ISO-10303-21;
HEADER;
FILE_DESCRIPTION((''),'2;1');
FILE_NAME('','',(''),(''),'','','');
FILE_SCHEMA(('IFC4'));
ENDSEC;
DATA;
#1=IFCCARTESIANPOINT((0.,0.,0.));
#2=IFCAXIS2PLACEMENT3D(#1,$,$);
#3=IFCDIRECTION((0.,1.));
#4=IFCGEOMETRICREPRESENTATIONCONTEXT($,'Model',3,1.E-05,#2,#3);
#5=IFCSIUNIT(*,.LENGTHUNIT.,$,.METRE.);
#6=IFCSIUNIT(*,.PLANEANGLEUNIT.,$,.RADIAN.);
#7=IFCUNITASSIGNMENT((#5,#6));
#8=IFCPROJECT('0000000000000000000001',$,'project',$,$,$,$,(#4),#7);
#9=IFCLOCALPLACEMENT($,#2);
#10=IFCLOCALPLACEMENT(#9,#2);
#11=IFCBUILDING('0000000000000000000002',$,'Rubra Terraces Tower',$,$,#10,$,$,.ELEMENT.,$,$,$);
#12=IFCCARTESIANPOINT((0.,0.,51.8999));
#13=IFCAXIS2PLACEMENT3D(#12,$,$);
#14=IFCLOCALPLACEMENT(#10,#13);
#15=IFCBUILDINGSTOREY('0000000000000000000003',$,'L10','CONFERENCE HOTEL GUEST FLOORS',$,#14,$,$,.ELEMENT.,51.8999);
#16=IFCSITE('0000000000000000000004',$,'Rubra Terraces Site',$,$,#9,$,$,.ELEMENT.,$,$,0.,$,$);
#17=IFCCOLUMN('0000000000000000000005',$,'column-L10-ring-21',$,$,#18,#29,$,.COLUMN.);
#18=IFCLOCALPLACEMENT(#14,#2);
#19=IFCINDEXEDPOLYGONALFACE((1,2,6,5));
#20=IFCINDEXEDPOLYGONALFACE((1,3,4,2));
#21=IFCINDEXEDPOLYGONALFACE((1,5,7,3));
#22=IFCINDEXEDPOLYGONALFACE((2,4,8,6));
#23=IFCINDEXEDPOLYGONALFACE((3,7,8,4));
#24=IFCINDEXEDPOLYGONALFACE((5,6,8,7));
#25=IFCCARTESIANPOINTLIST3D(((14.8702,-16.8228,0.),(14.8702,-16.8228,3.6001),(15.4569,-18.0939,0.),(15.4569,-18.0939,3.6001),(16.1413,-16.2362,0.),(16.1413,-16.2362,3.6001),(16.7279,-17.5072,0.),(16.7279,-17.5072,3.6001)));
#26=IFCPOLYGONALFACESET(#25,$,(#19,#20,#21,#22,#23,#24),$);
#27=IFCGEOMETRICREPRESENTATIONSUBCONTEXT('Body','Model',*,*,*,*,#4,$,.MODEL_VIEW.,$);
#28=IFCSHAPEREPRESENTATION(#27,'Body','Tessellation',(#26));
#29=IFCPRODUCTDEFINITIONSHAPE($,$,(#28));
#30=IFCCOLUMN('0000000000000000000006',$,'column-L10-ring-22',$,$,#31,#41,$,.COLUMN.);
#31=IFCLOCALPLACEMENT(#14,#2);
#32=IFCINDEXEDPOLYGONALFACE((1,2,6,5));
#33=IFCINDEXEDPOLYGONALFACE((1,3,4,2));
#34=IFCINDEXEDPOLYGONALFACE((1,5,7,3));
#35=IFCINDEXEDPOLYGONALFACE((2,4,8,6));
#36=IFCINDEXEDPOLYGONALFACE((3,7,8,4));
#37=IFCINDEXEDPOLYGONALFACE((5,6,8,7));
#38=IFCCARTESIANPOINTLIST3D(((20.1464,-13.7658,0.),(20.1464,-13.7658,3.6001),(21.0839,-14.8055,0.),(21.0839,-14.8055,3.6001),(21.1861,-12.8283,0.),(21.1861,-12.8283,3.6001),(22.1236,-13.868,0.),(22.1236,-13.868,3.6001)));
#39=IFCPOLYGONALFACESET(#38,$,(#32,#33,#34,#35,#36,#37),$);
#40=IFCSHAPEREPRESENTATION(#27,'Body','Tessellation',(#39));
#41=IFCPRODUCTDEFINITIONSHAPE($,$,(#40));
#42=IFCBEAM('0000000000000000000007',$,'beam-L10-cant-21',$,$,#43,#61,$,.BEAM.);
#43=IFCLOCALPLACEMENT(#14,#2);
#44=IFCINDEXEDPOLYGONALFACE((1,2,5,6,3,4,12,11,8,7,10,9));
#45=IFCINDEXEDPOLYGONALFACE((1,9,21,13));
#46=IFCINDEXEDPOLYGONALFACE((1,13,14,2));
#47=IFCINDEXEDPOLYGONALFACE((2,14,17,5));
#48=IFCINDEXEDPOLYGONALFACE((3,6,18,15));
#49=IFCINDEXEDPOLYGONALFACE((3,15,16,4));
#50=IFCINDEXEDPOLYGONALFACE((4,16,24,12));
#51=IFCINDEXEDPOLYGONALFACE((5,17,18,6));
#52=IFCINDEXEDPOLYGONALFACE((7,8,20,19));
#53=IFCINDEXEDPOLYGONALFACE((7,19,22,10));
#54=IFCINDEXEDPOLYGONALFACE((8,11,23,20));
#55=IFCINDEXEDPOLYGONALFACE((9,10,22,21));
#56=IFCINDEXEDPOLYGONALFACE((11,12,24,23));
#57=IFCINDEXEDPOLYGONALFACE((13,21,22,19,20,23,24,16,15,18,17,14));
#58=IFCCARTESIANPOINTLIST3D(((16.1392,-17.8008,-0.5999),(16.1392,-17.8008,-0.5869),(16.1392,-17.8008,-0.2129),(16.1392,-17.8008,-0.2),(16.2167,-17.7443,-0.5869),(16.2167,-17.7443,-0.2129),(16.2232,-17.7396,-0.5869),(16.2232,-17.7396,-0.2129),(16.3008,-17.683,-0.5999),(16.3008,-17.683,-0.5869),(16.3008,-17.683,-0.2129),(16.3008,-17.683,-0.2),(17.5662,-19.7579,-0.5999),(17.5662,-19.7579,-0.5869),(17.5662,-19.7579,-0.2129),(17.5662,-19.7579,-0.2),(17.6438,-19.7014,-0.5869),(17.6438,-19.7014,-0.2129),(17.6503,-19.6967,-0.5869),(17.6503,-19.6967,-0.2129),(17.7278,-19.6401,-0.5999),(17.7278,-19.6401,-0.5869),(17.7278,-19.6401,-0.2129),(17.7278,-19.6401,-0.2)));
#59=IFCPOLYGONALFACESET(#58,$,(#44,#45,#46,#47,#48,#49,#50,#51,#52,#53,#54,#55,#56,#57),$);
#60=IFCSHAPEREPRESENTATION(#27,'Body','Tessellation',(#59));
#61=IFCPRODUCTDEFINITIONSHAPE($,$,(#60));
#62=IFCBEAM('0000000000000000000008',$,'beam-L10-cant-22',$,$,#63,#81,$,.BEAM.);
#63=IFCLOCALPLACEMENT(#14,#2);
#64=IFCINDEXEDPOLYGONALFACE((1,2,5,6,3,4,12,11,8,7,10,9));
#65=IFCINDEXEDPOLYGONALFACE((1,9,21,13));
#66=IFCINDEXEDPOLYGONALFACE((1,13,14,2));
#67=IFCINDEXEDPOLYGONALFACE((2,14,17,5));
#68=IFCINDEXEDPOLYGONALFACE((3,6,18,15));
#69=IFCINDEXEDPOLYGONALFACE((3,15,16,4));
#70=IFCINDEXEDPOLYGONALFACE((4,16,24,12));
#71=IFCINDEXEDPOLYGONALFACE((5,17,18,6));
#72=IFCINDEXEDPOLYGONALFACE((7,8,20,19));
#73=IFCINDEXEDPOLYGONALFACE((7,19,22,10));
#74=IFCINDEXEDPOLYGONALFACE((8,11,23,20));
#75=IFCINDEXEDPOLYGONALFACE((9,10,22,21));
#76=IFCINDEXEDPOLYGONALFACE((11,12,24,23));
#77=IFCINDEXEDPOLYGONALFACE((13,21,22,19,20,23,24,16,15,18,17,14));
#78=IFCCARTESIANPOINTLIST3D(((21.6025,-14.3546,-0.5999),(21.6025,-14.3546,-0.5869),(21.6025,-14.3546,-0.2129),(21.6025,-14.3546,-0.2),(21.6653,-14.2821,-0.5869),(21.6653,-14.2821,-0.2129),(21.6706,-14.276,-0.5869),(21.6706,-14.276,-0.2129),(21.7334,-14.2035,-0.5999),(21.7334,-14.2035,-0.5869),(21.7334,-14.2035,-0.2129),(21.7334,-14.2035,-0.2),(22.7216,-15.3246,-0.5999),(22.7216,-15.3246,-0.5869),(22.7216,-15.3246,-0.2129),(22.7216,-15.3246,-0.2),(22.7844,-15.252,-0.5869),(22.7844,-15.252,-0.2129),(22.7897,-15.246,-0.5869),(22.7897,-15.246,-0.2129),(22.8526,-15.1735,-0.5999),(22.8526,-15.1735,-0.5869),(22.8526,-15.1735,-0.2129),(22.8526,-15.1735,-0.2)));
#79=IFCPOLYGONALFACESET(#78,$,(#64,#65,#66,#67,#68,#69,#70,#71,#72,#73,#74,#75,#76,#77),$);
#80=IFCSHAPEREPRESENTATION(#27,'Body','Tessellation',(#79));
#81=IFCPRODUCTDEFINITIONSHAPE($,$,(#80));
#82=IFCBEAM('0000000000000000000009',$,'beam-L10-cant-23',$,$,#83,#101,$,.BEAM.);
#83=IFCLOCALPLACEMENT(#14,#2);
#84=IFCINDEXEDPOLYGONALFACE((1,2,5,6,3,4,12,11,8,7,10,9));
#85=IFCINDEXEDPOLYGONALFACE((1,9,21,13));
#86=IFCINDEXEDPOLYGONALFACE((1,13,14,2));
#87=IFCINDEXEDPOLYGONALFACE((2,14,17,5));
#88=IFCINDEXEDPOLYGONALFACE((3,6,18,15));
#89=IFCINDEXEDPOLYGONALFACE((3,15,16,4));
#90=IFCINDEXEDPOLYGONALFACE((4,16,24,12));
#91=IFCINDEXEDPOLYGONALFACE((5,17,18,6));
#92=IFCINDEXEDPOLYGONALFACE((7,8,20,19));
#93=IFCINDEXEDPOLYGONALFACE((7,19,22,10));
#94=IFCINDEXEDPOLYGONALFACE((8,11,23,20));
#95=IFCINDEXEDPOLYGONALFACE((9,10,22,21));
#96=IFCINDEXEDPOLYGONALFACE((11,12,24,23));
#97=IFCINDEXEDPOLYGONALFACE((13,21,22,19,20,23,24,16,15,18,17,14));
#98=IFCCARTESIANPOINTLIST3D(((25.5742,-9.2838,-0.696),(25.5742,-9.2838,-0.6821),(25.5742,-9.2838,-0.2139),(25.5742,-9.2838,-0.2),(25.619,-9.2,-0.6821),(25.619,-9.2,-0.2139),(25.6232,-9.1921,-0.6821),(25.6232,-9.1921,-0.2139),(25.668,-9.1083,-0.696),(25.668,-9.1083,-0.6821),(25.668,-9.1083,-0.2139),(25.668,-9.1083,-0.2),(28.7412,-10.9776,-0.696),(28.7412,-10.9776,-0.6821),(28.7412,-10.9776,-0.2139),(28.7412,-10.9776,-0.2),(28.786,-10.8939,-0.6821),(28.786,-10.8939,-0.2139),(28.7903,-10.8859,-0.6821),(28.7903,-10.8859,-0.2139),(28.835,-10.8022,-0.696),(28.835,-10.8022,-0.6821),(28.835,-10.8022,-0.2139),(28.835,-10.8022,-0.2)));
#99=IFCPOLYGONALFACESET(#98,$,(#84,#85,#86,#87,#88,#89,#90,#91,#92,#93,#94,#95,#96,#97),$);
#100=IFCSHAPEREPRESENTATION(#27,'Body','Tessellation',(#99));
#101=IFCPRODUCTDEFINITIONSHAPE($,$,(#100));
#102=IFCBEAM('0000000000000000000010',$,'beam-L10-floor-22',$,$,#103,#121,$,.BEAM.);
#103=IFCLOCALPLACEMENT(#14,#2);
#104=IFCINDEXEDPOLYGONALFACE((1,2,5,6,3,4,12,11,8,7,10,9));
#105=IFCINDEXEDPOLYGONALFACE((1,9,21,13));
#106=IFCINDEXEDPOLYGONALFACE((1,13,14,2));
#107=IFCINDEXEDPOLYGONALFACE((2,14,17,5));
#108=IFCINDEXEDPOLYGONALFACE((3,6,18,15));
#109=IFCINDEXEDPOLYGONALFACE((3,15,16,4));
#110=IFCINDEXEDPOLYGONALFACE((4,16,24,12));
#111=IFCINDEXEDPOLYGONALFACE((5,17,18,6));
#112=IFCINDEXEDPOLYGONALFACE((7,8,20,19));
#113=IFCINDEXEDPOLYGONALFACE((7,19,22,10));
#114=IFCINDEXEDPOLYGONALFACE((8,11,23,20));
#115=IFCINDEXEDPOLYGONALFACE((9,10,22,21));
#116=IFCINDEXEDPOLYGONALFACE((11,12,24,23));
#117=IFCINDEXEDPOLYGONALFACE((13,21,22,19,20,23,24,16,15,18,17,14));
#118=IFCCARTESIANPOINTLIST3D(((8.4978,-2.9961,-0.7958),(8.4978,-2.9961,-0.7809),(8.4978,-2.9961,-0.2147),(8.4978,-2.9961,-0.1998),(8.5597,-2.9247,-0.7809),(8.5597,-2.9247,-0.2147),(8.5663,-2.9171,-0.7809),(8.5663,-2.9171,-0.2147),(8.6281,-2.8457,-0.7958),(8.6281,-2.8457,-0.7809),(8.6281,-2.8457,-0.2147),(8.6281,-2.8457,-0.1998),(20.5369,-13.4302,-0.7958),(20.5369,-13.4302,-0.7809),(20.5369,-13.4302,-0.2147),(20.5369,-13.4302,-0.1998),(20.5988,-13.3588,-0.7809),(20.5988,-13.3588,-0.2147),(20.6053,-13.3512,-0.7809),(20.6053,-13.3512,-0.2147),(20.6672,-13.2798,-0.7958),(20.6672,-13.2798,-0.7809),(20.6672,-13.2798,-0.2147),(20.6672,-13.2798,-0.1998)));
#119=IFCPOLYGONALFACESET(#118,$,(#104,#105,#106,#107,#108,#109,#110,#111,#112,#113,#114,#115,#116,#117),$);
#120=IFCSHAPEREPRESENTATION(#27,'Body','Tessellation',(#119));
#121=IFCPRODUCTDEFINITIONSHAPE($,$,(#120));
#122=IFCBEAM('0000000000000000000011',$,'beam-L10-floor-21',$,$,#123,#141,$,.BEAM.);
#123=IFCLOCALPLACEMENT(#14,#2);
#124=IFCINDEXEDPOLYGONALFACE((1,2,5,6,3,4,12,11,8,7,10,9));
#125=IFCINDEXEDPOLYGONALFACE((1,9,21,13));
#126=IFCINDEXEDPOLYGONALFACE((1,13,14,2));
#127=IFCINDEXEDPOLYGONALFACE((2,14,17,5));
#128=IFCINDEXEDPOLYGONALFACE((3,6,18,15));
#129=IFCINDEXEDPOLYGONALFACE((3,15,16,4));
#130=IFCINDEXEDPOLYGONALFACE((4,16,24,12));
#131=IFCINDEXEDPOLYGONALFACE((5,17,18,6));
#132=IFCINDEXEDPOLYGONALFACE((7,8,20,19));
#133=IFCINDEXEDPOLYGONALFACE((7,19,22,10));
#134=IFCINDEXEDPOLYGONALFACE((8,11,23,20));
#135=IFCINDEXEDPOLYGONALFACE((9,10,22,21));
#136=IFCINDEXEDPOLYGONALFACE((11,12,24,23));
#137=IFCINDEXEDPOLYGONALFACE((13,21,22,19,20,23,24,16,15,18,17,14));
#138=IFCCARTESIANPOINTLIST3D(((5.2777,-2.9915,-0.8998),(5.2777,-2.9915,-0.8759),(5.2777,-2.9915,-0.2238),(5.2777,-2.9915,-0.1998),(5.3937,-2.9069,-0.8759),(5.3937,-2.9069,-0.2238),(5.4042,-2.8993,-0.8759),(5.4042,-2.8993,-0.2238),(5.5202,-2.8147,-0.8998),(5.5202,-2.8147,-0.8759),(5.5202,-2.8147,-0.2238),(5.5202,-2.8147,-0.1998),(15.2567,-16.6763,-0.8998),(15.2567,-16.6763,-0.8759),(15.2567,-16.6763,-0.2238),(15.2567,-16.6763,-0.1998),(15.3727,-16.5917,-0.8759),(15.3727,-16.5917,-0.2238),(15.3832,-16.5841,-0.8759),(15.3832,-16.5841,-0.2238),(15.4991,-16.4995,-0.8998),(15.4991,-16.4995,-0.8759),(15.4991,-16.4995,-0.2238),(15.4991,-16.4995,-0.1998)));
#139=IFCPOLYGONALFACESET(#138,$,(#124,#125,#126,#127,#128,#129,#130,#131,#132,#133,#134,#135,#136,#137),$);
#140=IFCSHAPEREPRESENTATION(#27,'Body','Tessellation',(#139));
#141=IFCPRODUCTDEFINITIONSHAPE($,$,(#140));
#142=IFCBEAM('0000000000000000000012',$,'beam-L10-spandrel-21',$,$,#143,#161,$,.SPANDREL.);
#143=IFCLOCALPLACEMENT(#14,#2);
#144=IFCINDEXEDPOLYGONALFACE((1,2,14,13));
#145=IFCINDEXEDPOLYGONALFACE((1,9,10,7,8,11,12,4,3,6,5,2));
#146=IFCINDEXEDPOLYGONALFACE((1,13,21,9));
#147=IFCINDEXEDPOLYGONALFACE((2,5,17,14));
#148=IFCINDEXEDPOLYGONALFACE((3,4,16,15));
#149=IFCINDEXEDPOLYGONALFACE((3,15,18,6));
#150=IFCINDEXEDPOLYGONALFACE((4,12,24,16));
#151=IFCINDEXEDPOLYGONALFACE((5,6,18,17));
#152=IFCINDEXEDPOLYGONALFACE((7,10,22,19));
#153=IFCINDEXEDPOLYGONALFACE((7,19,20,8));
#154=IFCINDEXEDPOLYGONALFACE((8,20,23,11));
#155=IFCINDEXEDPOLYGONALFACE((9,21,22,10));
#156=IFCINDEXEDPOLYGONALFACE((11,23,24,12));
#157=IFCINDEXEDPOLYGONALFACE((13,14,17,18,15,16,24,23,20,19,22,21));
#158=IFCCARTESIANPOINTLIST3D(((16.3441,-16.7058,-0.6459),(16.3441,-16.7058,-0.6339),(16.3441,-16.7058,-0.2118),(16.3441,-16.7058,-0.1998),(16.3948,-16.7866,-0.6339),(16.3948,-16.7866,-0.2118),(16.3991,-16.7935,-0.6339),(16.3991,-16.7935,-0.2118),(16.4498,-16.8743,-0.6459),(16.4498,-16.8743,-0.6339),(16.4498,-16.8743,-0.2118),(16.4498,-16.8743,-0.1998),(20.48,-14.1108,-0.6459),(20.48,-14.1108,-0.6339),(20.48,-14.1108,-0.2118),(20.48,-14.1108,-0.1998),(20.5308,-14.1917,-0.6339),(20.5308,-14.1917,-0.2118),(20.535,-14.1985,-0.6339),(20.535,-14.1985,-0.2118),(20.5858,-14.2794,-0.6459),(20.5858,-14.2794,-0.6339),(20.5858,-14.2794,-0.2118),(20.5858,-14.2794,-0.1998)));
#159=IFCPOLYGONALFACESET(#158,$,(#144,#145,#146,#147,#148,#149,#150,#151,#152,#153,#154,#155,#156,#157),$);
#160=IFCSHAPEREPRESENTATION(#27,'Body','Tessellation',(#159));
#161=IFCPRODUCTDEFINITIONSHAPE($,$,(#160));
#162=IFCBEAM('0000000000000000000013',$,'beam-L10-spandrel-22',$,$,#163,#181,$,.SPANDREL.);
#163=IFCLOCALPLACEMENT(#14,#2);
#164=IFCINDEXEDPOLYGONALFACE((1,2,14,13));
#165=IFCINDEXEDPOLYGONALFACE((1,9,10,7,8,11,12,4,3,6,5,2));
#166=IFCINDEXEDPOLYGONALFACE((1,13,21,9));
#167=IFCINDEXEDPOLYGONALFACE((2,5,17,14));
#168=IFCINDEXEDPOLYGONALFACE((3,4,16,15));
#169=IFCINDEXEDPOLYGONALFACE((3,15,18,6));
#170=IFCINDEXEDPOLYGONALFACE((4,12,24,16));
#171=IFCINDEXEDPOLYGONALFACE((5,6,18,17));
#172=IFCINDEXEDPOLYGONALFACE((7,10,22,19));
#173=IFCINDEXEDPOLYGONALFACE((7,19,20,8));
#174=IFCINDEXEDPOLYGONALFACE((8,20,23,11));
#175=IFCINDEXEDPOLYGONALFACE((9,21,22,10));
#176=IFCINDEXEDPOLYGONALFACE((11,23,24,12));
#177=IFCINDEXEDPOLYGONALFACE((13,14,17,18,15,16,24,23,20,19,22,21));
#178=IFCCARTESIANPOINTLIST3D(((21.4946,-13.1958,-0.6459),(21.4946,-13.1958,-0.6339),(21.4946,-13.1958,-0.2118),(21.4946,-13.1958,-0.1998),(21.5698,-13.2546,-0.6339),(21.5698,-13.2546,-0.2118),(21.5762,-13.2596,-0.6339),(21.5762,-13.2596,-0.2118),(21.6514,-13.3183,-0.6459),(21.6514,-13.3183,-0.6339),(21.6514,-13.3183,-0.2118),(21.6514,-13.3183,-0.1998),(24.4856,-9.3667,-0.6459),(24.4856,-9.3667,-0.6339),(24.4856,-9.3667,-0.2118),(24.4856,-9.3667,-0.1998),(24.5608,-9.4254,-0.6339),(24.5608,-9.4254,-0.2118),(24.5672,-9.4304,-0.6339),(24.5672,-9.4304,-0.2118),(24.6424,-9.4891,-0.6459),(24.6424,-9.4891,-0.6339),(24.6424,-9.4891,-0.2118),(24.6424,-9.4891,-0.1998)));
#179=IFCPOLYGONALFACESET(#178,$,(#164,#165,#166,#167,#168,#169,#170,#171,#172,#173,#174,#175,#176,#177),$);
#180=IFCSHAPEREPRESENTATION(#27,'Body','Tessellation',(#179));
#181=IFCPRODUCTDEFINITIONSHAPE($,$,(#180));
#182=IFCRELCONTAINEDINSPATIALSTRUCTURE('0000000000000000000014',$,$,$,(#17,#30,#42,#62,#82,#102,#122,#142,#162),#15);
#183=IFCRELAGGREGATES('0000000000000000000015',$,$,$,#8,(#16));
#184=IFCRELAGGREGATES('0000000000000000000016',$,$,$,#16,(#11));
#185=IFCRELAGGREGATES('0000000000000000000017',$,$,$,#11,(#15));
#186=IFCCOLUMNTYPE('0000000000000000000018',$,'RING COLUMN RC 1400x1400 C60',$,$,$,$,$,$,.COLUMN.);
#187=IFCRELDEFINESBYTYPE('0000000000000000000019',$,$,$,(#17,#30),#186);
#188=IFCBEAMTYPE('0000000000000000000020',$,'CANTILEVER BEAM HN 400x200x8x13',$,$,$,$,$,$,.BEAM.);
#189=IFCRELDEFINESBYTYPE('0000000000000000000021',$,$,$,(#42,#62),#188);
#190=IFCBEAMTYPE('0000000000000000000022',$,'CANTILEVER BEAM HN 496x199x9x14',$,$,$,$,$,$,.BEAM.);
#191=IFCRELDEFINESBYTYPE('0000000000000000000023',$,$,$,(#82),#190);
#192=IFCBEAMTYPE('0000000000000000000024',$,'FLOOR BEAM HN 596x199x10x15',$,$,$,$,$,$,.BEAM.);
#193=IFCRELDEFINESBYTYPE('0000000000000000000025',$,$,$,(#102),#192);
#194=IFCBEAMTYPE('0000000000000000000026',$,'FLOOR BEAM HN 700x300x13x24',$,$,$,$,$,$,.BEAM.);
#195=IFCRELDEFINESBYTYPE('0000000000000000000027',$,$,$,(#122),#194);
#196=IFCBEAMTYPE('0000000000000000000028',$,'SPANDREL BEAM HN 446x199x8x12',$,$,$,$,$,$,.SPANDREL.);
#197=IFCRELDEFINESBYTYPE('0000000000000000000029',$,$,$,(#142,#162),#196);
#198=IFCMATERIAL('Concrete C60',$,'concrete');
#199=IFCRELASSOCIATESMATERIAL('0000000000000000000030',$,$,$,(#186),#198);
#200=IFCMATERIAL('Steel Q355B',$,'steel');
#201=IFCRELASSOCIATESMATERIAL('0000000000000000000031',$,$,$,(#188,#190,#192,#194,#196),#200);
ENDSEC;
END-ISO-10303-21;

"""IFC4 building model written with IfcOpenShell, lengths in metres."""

from ifc_helpers import new_model, si_unit, direction, frame, origin, origin_2d, place, context, subcontext, project, spatial, rectangle, i_section, extrude, material, material_profile, profile_set, type_object, element, save


model = new_model("IFC4")

# Units and contexts
model_context = context("Model", 3, precision=1e-05, world=origin(), true_north=direction((0.0, 1.0)))
body_context = subcontext(model_context, "Body", "Model", "MODEL_VIEW")
ifc_project = project(units=[si_unit("LENGTHUNIT", "METRE"), si_unit("PLANEANGLEUNIT", "RADIAN")], contexts=[model_context])

# Site, building, storey
site_placement = place(None, origin())
site = spatial("IfcSite", under=ifc_project, at=site_placement, Name="Rubra Terraces Site", CompositionType="ELEMENT", RefElevation=0.0)
building_placement = place(site_placement, origin())
building = spatial("IfcBuilding", under=site, at=building_placement, Name="Rubra Terraces Tower", CompositionType="ELEMENT")
storey_placement = place(building_placement, frame((0.0, 0.0, 51.8999)))
storey = spatial("IfcBuildingStorey", under=building, at=storey_placement, Name="L10", Description="CONFERENCE HOTEL GUEST FLOORS", CompositionType="ELEMENT", Elevation=51.8999)

# Columns
ifc_material_1 = material(Name="Concrete C60", Category="concrete")
ifc_material_profile_1 = material_profile(ifc_material_1, rectangle(XDim=1.3999, YDim=1.3999, at=origin_2d()), Name="RC 1400x1400")
ifc_profile_set_1 = profile_set([ifc_material_profile_1], Name="Concrete C60")
column_type = type_object("IfcColumnType", Name="RING COLUMN RC 1400x1400 C60", PredefinedType="COLUMN", material=ifc_profile_set_1)
for number, where, z_axis, x_axis, name in (
    (1, (15.7991, -17.165, 0.0), (0.0, 0.0, 1.0), (0.907952, 0.419073, 0.0), "column-L10-ring-21"),
    (2, (21.135, -13.8169, 0.0), (0.0, 0.0, 1.0), (0.742676, 0.669651, 0.0), "column-L10-ring-22"),
):
    element("IfcColumn", number, at=place(storey_placement, frame(where, z_axis=z_axis, x_axis=x_axis)), inside=storey, type_object=column_type, Name=name, PredefinedType="COLUMN", context=body_context, shape_type="SweptSolid", body=[
        extrude(rectangle(XDim=1.3999, YDim=1.3999, at=origin_2d()), origin(), (0.0, 0.0, 1.0), 3.6001),
    ])

# Beams
ifc_material_2 = material(Name="Steel Q355B", Category="steel")
ifc_material_profile_2 = material_profile(ifc_material_2, i_section(OverallWidth=0.2, OverallDepth=0.3999, WebThickness=0.0081, FlangeThickness=0.0129, at=origin_2d()), Name="HN 400x200x8x13")
ifc_profile_set_2 = profile_set([ifc_material_profile_2], Name="Steel Q355B")
beam_type_1 = type_object("IfcBeamType", Name="CANTILEVER BEAM HN 400x200x8x13", PredefinedType="BEAM", material=ifc_profile_set_2)
beam_1_placement = place(storey_placement, frame((16.22, -17.7419, -0.3999), z_axis=(0.589172, -0.808008, 0.0), x_axis=(0.808008, 0.589172, 0.0)))
element("IfcBeam", 3, at=beam_1_placement, inside=storey, type_object=beam_type_1, Name="beam-L10-cant-21", PredefinedType="BEAM", context=body_context, shape_type="SweptSolid", body=[
    extrude(i_section(OverallWidth=0.2, OverallDepth=0.3999, WebThickness=0.0081, FlangeThickness=0.0129, at=origin_2d()), origin(), (0.0, 0.0, 1.0), 2.4221),
])
beam_2_placement = place(storey_placement, frame((21.668, -14.2791, -0.3999), z_axis=(0.755673, -0.654949, 0.0), x_axis=(0.654949, 0.755673, 0.0)))
element("IfcBeam", 4, at=beam_2_placement, inside=storey, type_object=beam_type_1, Name="beam-L10-cant-22", PredefinedType="BEAM", context=body_context, shape_type="SweptSolid", body=[
    extrude(i_section(OverallWidth=0.2, OverallDepth=0.3999, WebThickness=0.0081, FlangeThickness=0.0129, at=origin_2d()), origin(), (0.0, 0.0, 1.0), 1.481),
])
ifc_material_profile_3 = material_profile(ifc_material_2, i_section(OverallWidth=0.199, OverallDepth=0.4961, WebThickness=0.009, FlangeThickness=0.0139, at=origin_2d()), Name="HN 496x199x9x14")
ifc_profile_set_3 = profile_set([ifc_material_profile_3], Name="Steel Q355B")
beam_type_2 = type_object("IfcBeamType", Name="CANTILEVER BEAM HN 496x199x9x14", PredefinedType="BEAM", material=ifc_profile_set_3)
beam_3_placement = place(storey_placement, frame((25.6211, -9.196, -0.448), z_axis=(0.881799, -0.471625, 0.0), x_axis=(0.471625, 0.881799, 0.0)))
element("IfcBeam", 5, at=beam_3_placement, inside=storey, type_object=beam_type_2, Name="beam-L10-cant-23", PredefinedType="BEAM", context=body_context, shape_type="SweptSolid", body=[
    extrude(i_section(OverallWidth=0.199, OverallDepth=0.4961, WebThickness=0.009, FlangeThickness=0.0139, at=origin_2d()), origin(), (0.0, 0.0, 1.0), 3.5916),
])
ifc_material_profile_4 = material_profile(ifc_material_2, i_section(OverallWidth=0.199, OverallDepth=0.5959, WebThickness=0.01, FlangeThickness=0.0149, at=origin_2d()), Name="HN 596x199x10x15")
ifc_profile_set_4 = profile_set([ifc_material_profile_4], Name="Steel Q355B")
beam_type_3 = type_object("IfcBeamType", Name="FLOOR BEAM HN 596x199x10x15", PredefinedType="BEAM", material=ifc_profile_set_4)
beam_4_placement = place(storey_placement, frame((20.6021, -13.355, -0.4978), z_axis=(-0.755682, 0.654939, 0.0), x_axis=(-0.654939, -0.755682, 0.0)))
element("IfcBeam", 6, at=beam_4_placement, inside=storey, type_object=beam_type_3, Name="beam-L10-floor-22", PredefinedType="BEAM", context=body_context, shape_type="SweptSolid", body=[
    extrude(i_section(OverallWidth=0.199, OverallDepth=0.5959, WebThickness=0.01, FlangeThickness=0.0149, at=origin_2d()), origin(), (0.0, 0.0, 1.0), 15.9314),
])
ifc_material_profile_5 = material_profile(ifc_material_2, i_section(OverallWidth=0.3, OverallDepth=0.7, WebThickness=0.0129, FlangeThickness=0.0239, at=origin_2d()), Name="HN 700x300x13x24")
ifc_profile_set_5 = profile_set([ifc_material_profile_5], Name="Steel Q355B")
beam_type_4 = type_object("IfcBeamType", Name="FLOOR BEAM HN 700x300x13x24", PredefinedType="BEAM", material=ifc_profile_set_5)
beam_5_placement = place(storey_placement, frame((15.3779, -16.5879, -0.5498), z_axis=(-0.589191, 0.807994, 0.0), x_axis=(-0.807994, -0.589191, 0.0)))
element("IfcBeam", 7, at=beam_5_placement, inside=storey, type_object=beam_type_4, Name="beam-L10-floor-21", PredefinedType="BEAM", context=body_context, shape_type="SweptSolid", body=[
    extrude(i_section(OverallWidth=0.3, OverallDepth=0.7, WebThickness=0.0129, FlangeThickness=0.0239, at=origin_2d()), origin(), (0.0, 0.0, 1.0), 16.9368),
])
ifc_material_profile_6 = material_profile(ifc_material_2, i_section(OverallWidth=0.199, OverallDepth=0.446, WebThickness=0.0081, FlangeThickness=0.012, at=origin_2d()), Name="HN 446x199x8x12")
ifc_profile_set_6 = profile_set([ifc_material_profile_6], Name="Steel Q355B")
beam_type_5 = type_object("IfcBeamType", Name="SPANDREL BEAM HN 446x199x8x12", PredefinedType="SPANDREL", material=ifc_profile_set_6)
beam_6_placement = place(storey_placement, frame((16.397, -16.79, -0.4229), z_axis=(0.847078, 0.531468, 0.0), x_axis=(-0.531468, 0.847078, 0.0)))
element("IfcBeam", 8, at=beam_6_placement, inside=storey, type_object=beam_type_5, Name="beam-L10-spandrel-21", PredefinedType="SPANDREL", context=body_context, shape_type="SweptSolid", body=[
    extrude(i_section(OverallWidth=0.199, OverallDepth=0.446, WebThickness=0.0081, FlangeThickness=0.012, at=origin_2d()), origin(), (0.0, 0.0, 1.0), 4.8826),
])
beam_7_placement = place(storey_placement, frame((21.573, -13.2571, -0.4229), z_axis=(0.615578, 0.788076, 0.0), x_axis=(-0.788076, 0.615578, 0.0)))
element("IfcBeam", 9, at=beam_7_placement, inside=storey, type_object=beam_type_5, Name="beam-L10-spandrel-22", PredefinedType="SPANDREL", context=body_context, shape_type="SweptSolid", body=[
    extrude(i_section(OverallWidth=0.199, OverallDepth=0.446, WebThickness=0.0081, FlangeThickness=0.012, at=origin_2d()), origin(), (0.0, 0.0, 1.0), 4.8589),
])

save(model, "model.ifc")
